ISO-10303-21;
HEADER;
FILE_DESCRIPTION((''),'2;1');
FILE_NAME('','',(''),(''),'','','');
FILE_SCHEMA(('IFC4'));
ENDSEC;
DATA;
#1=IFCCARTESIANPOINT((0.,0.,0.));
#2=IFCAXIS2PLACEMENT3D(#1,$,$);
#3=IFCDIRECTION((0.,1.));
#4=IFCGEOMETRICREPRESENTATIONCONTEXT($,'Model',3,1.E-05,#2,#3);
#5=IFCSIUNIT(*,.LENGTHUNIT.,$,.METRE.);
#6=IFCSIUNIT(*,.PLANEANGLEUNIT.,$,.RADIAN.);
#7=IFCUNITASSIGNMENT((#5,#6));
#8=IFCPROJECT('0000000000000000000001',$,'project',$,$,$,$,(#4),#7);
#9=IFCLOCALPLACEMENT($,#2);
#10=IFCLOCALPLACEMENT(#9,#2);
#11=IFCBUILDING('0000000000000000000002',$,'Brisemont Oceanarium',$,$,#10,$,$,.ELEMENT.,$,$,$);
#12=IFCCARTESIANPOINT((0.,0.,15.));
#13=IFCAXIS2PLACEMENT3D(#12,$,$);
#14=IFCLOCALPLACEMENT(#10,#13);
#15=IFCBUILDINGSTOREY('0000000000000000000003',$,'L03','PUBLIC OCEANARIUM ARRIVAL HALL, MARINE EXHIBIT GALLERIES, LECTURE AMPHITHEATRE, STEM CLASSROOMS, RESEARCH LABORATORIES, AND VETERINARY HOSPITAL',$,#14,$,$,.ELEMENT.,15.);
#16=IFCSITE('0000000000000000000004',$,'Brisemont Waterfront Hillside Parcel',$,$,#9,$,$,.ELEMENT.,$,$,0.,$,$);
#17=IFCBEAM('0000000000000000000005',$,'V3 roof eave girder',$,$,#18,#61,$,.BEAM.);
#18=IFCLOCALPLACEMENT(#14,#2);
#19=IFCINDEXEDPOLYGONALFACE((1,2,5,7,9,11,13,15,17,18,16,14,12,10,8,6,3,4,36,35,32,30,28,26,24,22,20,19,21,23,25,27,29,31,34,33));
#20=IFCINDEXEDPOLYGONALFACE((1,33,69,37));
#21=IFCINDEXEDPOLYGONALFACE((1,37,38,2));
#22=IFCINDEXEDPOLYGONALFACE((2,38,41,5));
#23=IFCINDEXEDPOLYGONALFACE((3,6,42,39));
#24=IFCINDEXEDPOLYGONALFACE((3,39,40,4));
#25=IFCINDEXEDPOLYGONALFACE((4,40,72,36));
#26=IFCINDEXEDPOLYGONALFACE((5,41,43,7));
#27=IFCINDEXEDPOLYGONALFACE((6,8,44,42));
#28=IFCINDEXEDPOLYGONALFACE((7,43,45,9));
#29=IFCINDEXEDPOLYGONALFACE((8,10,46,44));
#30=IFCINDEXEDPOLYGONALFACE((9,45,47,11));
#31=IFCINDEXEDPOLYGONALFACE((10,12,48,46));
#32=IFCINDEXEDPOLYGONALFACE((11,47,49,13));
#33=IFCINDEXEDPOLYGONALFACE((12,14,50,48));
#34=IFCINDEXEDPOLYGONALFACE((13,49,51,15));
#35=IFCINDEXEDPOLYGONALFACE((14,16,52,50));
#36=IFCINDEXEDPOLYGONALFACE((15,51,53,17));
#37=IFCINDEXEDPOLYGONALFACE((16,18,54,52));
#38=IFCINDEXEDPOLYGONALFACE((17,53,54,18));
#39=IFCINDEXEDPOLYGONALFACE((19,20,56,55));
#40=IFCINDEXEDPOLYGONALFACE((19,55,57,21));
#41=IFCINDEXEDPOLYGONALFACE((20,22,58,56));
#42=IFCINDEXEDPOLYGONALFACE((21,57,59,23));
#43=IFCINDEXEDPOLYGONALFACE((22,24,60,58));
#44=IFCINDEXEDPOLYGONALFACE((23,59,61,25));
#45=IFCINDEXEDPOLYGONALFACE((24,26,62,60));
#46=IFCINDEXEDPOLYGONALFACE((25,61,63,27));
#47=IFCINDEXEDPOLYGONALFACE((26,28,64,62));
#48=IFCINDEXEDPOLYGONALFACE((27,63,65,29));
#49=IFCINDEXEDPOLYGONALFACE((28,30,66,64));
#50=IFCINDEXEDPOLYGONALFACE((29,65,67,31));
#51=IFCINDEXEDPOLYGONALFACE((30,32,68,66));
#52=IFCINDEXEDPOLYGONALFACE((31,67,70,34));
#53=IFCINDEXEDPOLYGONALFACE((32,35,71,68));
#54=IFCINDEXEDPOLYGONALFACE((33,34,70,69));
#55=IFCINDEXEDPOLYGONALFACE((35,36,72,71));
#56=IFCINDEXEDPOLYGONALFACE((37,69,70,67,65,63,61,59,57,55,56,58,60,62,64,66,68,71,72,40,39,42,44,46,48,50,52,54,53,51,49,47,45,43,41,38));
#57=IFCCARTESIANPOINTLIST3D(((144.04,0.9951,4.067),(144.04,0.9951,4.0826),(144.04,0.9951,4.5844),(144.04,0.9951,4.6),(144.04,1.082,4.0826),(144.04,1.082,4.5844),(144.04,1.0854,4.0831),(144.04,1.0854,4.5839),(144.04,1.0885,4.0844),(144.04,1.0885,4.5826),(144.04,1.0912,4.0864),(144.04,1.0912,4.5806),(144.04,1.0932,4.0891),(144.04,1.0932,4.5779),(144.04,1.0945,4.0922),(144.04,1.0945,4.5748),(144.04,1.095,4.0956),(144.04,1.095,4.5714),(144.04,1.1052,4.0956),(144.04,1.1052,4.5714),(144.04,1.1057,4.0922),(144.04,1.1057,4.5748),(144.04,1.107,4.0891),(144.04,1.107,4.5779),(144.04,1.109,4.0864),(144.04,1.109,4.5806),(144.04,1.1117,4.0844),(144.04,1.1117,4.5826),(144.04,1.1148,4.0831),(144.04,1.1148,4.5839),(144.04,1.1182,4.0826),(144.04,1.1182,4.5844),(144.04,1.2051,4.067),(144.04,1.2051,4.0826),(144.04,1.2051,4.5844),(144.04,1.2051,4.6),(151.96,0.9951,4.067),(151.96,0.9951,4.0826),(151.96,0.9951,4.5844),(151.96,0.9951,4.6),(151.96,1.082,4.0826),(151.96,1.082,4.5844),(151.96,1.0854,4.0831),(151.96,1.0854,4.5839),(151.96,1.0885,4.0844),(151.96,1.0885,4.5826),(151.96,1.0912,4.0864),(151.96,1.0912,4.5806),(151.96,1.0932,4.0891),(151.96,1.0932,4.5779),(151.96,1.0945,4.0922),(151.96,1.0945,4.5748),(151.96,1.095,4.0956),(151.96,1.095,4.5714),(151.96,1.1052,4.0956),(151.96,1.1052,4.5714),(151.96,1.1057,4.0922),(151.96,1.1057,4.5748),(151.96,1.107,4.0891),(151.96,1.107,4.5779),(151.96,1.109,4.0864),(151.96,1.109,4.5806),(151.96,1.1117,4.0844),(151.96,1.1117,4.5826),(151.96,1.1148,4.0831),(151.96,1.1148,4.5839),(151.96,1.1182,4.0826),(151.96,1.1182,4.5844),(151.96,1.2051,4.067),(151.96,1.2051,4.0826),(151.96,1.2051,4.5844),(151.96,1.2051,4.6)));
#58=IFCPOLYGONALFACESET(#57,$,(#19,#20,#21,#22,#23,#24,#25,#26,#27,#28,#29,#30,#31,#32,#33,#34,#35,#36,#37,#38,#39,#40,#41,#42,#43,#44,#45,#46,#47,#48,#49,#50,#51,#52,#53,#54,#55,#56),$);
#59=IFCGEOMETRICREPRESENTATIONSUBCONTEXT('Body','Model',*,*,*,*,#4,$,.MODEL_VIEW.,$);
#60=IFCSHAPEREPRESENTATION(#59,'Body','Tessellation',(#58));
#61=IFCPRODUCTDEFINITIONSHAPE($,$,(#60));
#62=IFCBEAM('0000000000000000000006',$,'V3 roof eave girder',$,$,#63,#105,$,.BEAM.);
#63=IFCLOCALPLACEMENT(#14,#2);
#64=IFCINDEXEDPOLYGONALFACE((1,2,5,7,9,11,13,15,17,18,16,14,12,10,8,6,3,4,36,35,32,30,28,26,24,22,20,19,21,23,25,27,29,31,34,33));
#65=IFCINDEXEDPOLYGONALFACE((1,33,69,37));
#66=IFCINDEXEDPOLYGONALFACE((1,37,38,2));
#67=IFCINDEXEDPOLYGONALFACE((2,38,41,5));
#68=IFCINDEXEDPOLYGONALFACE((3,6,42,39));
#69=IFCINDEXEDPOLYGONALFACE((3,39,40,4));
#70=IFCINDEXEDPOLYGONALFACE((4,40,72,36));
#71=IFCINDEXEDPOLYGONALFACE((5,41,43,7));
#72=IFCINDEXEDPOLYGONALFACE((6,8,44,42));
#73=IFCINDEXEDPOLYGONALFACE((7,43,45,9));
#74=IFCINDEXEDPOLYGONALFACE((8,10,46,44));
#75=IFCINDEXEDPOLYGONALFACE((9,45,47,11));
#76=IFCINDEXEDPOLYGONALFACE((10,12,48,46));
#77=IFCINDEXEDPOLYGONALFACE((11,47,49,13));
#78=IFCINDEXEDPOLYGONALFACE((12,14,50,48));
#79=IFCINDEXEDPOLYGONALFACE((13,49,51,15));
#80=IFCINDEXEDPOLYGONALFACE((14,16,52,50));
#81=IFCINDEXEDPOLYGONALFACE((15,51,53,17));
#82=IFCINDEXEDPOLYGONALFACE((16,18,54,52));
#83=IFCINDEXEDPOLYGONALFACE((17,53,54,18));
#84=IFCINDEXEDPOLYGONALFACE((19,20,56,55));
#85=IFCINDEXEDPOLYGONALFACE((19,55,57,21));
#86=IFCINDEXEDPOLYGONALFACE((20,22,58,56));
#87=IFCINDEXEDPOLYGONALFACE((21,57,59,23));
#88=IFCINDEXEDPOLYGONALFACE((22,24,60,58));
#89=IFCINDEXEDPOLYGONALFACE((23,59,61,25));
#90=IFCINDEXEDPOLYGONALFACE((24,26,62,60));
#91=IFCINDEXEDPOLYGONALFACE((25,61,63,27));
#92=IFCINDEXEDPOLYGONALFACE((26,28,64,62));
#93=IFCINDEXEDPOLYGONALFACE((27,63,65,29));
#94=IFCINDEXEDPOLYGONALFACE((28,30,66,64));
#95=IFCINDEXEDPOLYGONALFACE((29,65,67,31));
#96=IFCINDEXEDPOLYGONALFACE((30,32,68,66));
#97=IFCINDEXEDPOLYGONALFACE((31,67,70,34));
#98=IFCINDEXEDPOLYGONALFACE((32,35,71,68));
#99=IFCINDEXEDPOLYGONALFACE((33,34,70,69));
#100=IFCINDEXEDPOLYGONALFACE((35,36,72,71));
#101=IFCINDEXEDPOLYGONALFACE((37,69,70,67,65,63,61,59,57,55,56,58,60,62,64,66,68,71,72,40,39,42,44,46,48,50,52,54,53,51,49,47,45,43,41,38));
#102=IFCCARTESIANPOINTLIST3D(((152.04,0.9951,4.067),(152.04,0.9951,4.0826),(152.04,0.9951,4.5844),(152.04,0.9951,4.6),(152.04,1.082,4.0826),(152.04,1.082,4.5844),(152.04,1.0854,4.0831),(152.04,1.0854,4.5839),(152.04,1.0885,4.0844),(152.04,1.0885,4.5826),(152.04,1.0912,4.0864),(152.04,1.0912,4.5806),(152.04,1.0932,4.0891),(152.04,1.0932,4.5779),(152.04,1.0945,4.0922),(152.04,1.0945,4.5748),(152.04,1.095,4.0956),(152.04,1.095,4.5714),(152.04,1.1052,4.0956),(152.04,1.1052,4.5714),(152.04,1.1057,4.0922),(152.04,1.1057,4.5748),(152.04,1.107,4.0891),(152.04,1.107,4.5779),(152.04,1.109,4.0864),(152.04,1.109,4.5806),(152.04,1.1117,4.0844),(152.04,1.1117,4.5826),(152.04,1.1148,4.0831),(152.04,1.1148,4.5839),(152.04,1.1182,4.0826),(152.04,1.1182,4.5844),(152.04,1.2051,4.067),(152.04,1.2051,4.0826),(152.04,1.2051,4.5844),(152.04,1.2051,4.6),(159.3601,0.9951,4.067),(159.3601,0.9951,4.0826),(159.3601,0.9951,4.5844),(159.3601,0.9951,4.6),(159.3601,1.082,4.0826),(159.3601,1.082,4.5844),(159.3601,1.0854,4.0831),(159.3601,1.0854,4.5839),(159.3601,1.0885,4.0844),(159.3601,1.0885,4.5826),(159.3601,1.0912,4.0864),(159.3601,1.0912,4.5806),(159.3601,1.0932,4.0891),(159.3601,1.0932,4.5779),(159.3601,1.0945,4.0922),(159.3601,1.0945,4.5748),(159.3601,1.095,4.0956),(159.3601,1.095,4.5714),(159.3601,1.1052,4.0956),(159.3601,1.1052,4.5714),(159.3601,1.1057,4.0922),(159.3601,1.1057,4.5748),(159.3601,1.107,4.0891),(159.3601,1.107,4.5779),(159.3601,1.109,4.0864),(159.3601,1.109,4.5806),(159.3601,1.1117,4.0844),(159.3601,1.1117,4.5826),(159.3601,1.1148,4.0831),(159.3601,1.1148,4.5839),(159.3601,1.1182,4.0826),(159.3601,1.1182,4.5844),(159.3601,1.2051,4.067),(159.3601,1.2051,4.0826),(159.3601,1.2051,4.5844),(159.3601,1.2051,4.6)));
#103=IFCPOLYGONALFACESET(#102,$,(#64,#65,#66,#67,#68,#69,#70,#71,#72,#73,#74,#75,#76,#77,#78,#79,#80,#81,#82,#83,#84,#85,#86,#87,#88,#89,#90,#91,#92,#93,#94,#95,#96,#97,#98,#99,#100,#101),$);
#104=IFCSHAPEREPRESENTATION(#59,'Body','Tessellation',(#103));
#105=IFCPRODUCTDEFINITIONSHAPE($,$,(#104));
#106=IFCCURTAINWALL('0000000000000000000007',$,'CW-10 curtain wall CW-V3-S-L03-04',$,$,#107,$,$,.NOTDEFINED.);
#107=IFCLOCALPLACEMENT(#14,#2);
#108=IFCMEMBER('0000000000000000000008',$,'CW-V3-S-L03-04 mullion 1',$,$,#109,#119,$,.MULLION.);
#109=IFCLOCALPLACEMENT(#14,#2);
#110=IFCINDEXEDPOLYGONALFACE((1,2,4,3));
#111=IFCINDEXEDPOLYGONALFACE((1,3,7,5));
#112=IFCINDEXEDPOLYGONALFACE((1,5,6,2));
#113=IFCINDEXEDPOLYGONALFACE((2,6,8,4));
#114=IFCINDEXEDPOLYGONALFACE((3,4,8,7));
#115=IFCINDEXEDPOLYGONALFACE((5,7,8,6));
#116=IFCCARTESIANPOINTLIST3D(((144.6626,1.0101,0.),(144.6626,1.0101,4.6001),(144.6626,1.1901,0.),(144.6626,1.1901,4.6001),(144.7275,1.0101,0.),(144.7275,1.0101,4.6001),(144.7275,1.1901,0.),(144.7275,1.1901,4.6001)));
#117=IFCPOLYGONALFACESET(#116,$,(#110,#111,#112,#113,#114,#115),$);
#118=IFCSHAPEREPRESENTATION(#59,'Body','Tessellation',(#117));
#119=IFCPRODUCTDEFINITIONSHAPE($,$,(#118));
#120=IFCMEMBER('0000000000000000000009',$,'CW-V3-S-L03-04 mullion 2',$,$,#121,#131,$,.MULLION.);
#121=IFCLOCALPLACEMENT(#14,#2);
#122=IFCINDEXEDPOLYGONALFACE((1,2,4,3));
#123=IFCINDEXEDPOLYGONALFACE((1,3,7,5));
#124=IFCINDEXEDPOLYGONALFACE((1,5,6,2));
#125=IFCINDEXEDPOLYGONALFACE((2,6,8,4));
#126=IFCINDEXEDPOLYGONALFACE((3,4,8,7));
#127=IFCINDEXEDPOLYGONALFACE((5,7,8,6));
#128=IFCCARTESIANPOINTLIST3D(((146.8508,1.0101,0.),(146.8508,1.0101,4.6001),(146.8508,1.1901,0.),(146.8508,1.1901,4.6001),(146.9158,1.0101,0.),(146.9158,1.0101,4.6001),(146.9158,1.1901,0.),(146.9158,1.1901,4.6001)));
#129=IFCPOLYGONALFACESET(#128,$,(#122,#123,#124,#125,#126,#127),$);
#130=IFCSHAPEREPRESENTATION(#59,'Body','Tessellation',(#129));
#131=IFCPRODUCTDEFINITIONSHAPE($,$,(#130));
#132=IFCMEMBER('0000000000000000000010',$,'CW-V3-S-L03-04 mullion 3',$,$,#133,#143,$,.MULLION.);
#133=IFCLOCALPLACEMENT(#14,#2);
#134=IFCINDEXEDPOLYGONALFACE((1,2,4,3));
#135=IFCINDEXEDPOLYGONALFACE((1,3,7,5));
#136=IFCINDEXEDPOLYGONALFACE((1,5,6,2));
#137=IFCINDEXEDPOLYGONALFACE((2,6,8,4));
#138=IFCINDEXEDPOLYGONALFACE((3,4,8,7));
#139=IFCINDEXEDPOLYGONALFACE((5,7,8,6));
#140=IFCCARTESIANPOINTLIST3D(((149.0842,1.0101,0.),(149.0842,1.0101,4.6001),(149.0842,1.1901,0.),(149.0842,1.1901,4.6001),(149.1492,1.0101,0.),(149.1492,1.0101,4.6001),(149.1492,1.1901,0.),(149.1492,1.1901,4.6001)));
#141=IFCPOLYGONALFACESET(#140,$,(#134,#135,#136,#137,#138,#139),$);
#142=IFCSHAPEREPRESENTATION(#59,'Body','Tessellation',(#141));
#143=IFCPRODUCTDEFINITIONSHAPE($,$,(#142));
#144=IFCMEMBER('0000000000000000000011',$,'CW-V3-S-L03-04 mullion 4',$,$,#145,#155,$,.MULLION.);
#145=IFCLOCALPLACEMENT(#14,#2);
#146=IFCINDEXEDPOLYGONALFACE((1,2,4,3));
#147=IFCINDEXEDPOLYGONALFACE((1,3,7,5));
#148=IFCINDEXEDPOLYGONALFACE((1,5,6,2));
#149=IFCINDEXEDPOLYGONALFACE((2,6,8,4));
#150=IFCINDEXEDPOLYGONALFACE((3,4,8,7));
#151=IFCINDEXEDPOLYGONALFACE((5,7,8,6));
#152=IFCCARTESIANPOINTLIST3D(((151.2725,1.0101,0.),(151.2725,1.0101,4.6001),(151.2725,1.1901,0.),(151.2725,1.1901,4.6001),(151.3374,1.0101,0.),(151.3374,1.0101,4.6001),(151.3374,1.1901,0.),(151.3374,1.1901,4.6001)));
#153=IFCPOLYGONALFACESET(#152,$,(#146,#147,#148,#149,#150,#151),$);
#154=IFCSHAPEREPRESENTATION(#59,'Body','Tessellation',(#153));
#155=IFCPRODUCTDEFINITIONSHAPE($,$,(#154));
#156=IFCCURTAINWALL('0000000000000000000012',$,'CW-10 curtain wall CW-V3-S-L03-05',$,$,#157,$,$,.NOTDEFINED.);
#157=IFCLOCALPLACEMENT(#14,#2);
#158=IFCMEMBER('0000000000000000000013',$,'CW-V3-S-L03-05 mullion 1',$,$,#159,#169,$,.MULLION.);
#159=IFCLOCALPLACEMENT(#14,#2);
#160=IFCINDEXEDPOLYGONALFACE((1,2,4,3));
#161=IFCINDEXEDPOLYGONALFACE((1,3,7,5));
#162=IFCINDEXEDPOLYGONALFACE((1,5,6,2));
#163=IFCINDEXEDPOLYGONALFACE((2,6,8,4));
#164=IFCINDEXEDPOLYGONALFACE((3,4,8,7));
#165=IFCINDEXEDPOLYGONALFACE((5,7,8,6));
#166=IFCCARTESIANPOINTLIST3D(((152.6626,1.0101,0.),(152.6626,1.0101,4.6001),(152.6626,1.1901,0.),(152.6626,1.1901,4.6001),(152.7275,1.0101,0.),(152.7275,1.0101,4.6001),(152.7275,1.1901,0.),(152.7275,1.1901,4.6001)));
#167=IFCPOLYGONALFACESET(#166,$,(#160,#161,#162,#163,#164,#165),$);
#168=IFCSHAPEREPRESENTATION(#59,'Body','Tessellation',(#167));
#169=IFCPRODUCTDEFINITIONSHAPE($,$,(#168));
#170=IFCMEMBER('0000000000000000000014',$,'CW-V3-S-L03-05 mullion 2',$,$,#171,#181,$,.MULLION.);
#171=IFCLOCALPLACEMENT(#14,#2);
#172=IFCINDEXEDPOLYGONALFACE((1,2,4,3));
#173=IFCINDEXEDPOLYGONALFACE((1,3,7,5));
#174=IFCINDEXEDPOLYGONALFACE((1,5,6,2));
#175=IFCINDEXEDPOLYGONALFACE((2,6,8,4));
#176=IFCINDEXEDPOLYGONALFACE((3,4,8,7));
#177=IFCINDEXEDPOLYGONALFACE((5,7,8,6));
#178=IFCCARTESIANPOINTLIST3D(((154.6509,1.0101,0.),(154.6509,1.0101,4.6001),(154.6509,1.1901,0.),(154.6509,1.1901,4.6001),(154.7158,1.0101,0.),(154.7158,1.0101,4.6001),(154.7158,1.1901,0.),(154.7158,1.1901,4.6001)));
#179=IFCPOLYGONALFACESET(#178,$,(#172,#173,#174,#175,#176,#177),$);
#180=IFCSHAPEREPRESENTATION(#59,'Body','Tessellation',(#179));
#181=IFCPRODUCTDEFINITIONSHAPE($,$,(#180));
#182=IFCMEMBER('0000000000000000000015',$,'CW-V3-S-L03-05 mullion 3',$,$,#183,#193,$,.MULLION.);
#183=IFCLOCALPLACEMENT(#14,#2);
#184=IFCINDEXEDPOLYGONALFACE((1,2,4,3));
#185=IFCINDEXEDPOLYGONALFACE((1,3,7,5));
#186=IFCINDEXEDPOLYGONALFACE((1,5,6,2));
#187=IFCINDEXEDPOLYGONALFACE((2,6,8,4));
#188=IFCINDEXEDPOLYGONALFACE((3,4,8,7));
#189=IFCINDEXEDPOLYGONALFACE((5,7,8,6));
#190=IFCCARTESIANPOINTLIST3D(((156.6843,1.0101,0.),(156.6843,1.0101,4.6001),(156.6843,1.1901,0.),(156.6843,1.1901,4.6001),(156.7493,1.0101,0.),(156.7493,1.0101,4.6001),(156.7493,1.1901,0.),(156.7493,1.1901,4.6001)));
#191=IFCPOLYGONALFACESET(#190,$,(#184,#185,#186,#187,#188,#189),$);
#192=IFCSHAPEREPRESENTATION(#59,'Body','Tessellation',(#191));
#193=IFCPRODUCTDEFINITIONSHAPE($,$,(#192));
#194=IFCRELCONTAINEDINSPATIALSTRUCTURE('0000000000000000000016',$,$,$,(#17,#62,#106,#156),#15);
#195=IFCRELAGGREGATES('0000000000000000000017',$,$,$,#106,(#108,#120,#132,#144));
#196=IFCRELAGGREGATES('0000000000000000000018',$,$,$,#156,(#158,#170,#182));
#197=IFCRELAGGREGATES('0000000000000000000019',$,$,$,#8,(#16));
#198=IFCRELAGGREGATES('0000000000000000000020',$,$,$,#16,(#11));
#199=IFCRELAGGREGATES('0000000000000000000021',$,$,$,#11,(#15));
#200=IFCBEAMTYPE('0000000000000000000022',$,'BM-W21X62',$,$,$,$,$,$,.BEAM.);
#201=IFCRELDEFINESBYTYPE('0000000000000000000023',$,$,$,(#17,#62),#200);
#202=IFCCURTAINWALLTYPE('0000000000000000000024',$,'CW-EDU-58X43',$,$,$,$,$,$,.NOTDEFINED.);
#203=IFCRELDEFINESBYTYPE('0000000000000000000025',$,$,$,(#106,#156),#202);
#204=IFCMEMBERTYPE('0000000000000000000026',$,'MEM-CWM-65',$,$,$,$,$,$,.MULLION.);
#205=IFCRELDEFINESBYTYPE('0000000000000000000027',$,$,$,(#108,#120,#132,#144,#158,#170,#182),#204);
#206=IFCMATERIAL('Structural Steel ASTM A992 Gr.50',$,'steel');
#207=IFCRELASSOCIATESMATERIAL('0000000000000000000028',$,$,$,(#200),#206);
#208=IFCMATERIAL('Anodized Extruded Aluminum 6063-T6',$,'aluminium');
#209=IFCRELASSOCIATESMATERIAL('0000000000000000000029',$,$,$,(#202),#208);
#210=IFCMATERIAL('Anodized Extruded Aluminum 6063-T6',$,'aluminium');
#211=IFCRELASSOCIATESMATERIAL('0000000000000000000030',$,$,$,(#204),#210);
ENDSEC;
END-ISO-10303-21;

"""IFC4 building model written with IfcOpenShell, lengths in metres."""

from ifc_helpers import new_model, si_unit, direction, frame, origin, origin_2d, place, context, subcontext, project, spatial, rectangle, i_section, extrude, material, material_profile, profile_set, type_object, element, aggregate, save


model = new_model("IFC4")

# Units and contexts
model_context = context("Model", 3, precision=1e-05, world=origin(), true_north=direction((0.0, 1.0)))
body_context = subcontext(model_context, "Body", "Model", "MODEL_VIEW")
ifc_project = project(units=[si_unit("LENGTHUNIT", "METRE"), si_unit("PLANEANGLEUNIT", "RADIAN")], contexts=[model_context])

# Site, building, storey
site_placement = place(None, origin())
site = spatial("IfcSite", under=ifc_project, at=site_placement, Name="Brisemont Waterfront Hillside Parcel", CompositionType="ELEMENT", RefElevation=0.0)
building_placement = place(site_placement, origin())
building = spatial("IfcBuilding", under=site, at=building_placement, Name="Brisemont Oceanarium", CompositionType="ELEMENT")
storey_placement = place(building_placement, frame((0.0, 0.0, 15.0)))
storey = spatial("IfcBuildingStorey", under=building, at=storey_placement, Name="L03", Description="PUBLIC OCEANARIUM ARRIVAL HALL, MARINE EXHIBIT GALLERIES, LECTURE AMPHITHEATRE, STEM CLASSROOMS, RESEARCH LABORATORIES, AND VETERINARY HOSPITAL", CompositionType="ELEMENT", Elevation=15.0)

# Beams
ifc_material_1 = material(Name="Structural Steel ASTM A992 Gr.50", Category="steel")
ifc_material_profile_1 = material_profile(ifc_material_1, i_section(OverallWidth=0.21, OverallDepth=0.533, WebThickness=0.0103, FlangeThickness=0.0156, FilletRadius=0.0129, at=origin_2d()), Name="W21X62")
ifc_profile_set_1 = profile_set([ifc_material_profile_1], Name="Structural Steel ASTM A992 Gr.50")
beam_type_1 = type_object("IfcBeamType", Name="BM-W21X62", PredefinedType="BEAM", material=ifc_profile_set_1)
beam_1_placement = place(storey_placement, frame((144.04, 1.1001, 4.3335), z_axis=(1.0, 0.0, 0.0), x_axis=(0.0, 1.0, 0.0)))
element("IfcBeam", 1, at=beam_1_placement, inside=storey, type_object=beam_type_1, Name="V3 roof eave girder", PredefinedType="BEAM", context=body_context, shape_type="SweptSolid", body=[
    extrude(i_section(OverallWidth=0.21, OverallDepth=0.533, WebThickness=0.0103, FlangeThickness=0.0156, FilletRadius=0.0129, at=origin_2d()), origin(), (0.0, 0.0, 1.0), 7.9199),
])
beam_2_placement = place(storey_placement, frame((152.04, 1.1001, 4.3335), z_axis=(1.0, 0.0, 0.0), x_axis=(0.0, 1.0, 0.0)))
element("IfcBeam", 2, at=beam_2_placement, inside=storey, type_object=beam_type_1, Name="V3 roof eave girder", PredefinedType="BEAM", context=body_context, shape_type="SweptSolid", body=[
    extrude(i_section(OverallWidth=0.21, OverallDepth=0.533, WebThickness=0.0103, FlangeThickness=0.0156, FilletRadius=0.0129, at=origin_2d()), origin(), (0.0, 0.0, 1.0), 7.3201),
])

# Curtain walls, members
ifc_material_2 = material(Name="Anodized Extruded Aluminum 6063-T6", Category="aluminium")
curtain_wall_type = type_object("IfcCurtainWallType", Name="CW-EDU-58X43", PredefinedType="NOTDEFINED", material=ifc_material_2)
curtain_wall_1_placement = place(storey_placement, origin())
curtain_wall_1 = element("IfcCurtainWall", 3, at=curtain_wall_1_placement, inside=storey, type_object=curtain_wall_type, Name="CW-10 curtain wall CW-V3-S-L03-04", PredefinedType="NOTDEFINED")
ifc_material_3 = material(Name="Anodized Extruded Aluminum 6063-T6", Category="aluminium")
ifc_material_profile_2 = material_profile(ifc_material_3, rectangle(XDim=0.0649, YDim=0.1799, at=origin_2d()), Name="CWM-65X180")
ifc_profile_set_2 = profile_set([ifc_material_profile_2], Name="Anodized Extruded Aluminum 6063-T6")
member_type_1 = type_object("IfcMemberType", Name="MEM-CWM-65", PredefinedType="MULLION", material=ifc_profile_set_2)
member_1_placement = place(storey_placement, frame((144.6951, 1.1001, 0.0), z_axis=(0.0, 0.0, 1.0), x_axis=(1.0, 0.0, 0.0)))
member_1 = element("IfcMember", 4, at=member_1_placement, type_object=member_type_1, Name="CW-V3-S-L03-04 mullion 1", PredefinedType="MULLION", context=body_context, shape_type="SweptSolid", body=[
    extrude(rectangle(XDim=0.0649, YDim=0.1799, at=origin_2d()), origin(), (0.0, 0.0, 1.0), 4.6001),
])
member_2_placement = place(storey_placement, frame((146.8833, 1.1001, 0.0), z_axis=(0.0, 0.0, 1.0), x_axis=(1.0, 0.0, 0.0)))
member_2 = element("IfcMember", 5, at=member_2_placement, type_object=member_type_1, Name="CW-V3-S-L03-04 mullion 2", PredefinedType="MULLION", context=body_context, shape_type="SweptSolid", body=[
    extrude(rectangle(XDim=0.0649, YDim=0.1799, at=origin_2d()), origin(), (0.0, 0.0, 1.0), 4.6001),
])
member_3_placement = place(storey_placement, frame((149.1167, 1.1001, 0.0), z_axis=(0.0, 0.0, 1.0), x_axis=(1.0, 0.0, 0.0)))
member_3 = element("IfcMember", 6, at=member_3_placement, type_object=member_type_1, Name="CW-V3-S-L03-04 mullion 3", PredefinedType="MULLION", context=body_context, shape_type="SweptSolid", body=[
    extrude(rectangle(XDim=0.0649, YDim=0.1799, at=origin_2d()), origin(), (0.0, 0.0, 1.0), 4.6001),
])
member_4_placement = place(storey_placement, frame((151.3049, 1.1001, 0.0), z_axis=(0.0, 0.0, 1.0), x_axis=(1.0, 0.0, 0.0)))
member_4 = element("IfcMember", 7, at=member_4_placement, type_object=member_type_1, Name="CW-V3-S-L03-04 mullion 4", PredefinedType="MULLION", context=body_context, shape_type="SweptSolid", body=[
    extrude(rectangle(XDim=0.0649, YDim=0.1799, at=origin_2d()), origin(), (0.0, 0.0, 1.0), 4.6001),
])
curtain_wall_2_placement = place(storey_placement, origin())
curtain_wall_2 = element("IfcCurtainWall", 8, at=curtain_wall_2_placement, inside=storey, type_object=curtain_wall_type, Name="CW-10 curtain wall CW-V3-S-L03-05", PredefinedType="NOTDEFINED")
member_5_placement = place(storey_placement, frame((152.6951, 1.1001, 0.0), z_axis=(0.0, 0.0, 1.0), x_axis=(1.0, 0.0, 0.0)))
member_5 = element("IfcMember", 9, at=member_5_placement, type_object=member_type_1, Name="CW-V3-S-L03-05 mullion 1", PredefinedType="MULLION", context=body_context, shape_type="SweptSolid", body=[
    extrude(rectangle(XDim=0.0649, YDim=0.1799, at=origin_2d()), origin(), (0.0, 0.0, 1.0), 4.6001),
])
member_6_placement = place(storey_placement, frame((154.6833, 1.1001, 0.0), z_axis=(0.0, 0.0, 1.0), x_axis=(1.0, 0.0, 0.0)))
member_6 = element("IfcMember", 10, at=member_6_placement, type_object=member_type_1, Name="CW-V3-S-L03-05 mullion 2", PredefinedType="MULLION", context=body_context, shape_type="SweptSolid", body=[
    extrude(rectangle(XDim=0.0649, YDim=0.1799, at=origin_2d()), origin(), (0.0, 0.0, 1.0), 4.6001),
])
member_7_placement = place(storey_placement, frame((156.7168, 1.1001, 0.0), z_axis=(0.0, 0.0, 1.0), x_axis=(1.0, 0.0, 0.0)))
member_7 = element("IfcMember", 11, at=member_7_placement, type_object=member_type_1, Name="CW-V3-S-L03-05 mullion 3", PredefinedType="MULLION", context=body_context, shape_type="SweptSolid", body=[
    extrude(rectangle(XDim=0.0649, YDim=0.1799, at=origin_2d()), origin(), (0.0, 0.0, 1.0), 4.6001),
])

aggregate(curtain_wall_1, [member_1, member_2, member_3, member_4])
aggregate(curtain_wall_2, [member_5, member_6, member_7])

save(model, "model.ifc")
